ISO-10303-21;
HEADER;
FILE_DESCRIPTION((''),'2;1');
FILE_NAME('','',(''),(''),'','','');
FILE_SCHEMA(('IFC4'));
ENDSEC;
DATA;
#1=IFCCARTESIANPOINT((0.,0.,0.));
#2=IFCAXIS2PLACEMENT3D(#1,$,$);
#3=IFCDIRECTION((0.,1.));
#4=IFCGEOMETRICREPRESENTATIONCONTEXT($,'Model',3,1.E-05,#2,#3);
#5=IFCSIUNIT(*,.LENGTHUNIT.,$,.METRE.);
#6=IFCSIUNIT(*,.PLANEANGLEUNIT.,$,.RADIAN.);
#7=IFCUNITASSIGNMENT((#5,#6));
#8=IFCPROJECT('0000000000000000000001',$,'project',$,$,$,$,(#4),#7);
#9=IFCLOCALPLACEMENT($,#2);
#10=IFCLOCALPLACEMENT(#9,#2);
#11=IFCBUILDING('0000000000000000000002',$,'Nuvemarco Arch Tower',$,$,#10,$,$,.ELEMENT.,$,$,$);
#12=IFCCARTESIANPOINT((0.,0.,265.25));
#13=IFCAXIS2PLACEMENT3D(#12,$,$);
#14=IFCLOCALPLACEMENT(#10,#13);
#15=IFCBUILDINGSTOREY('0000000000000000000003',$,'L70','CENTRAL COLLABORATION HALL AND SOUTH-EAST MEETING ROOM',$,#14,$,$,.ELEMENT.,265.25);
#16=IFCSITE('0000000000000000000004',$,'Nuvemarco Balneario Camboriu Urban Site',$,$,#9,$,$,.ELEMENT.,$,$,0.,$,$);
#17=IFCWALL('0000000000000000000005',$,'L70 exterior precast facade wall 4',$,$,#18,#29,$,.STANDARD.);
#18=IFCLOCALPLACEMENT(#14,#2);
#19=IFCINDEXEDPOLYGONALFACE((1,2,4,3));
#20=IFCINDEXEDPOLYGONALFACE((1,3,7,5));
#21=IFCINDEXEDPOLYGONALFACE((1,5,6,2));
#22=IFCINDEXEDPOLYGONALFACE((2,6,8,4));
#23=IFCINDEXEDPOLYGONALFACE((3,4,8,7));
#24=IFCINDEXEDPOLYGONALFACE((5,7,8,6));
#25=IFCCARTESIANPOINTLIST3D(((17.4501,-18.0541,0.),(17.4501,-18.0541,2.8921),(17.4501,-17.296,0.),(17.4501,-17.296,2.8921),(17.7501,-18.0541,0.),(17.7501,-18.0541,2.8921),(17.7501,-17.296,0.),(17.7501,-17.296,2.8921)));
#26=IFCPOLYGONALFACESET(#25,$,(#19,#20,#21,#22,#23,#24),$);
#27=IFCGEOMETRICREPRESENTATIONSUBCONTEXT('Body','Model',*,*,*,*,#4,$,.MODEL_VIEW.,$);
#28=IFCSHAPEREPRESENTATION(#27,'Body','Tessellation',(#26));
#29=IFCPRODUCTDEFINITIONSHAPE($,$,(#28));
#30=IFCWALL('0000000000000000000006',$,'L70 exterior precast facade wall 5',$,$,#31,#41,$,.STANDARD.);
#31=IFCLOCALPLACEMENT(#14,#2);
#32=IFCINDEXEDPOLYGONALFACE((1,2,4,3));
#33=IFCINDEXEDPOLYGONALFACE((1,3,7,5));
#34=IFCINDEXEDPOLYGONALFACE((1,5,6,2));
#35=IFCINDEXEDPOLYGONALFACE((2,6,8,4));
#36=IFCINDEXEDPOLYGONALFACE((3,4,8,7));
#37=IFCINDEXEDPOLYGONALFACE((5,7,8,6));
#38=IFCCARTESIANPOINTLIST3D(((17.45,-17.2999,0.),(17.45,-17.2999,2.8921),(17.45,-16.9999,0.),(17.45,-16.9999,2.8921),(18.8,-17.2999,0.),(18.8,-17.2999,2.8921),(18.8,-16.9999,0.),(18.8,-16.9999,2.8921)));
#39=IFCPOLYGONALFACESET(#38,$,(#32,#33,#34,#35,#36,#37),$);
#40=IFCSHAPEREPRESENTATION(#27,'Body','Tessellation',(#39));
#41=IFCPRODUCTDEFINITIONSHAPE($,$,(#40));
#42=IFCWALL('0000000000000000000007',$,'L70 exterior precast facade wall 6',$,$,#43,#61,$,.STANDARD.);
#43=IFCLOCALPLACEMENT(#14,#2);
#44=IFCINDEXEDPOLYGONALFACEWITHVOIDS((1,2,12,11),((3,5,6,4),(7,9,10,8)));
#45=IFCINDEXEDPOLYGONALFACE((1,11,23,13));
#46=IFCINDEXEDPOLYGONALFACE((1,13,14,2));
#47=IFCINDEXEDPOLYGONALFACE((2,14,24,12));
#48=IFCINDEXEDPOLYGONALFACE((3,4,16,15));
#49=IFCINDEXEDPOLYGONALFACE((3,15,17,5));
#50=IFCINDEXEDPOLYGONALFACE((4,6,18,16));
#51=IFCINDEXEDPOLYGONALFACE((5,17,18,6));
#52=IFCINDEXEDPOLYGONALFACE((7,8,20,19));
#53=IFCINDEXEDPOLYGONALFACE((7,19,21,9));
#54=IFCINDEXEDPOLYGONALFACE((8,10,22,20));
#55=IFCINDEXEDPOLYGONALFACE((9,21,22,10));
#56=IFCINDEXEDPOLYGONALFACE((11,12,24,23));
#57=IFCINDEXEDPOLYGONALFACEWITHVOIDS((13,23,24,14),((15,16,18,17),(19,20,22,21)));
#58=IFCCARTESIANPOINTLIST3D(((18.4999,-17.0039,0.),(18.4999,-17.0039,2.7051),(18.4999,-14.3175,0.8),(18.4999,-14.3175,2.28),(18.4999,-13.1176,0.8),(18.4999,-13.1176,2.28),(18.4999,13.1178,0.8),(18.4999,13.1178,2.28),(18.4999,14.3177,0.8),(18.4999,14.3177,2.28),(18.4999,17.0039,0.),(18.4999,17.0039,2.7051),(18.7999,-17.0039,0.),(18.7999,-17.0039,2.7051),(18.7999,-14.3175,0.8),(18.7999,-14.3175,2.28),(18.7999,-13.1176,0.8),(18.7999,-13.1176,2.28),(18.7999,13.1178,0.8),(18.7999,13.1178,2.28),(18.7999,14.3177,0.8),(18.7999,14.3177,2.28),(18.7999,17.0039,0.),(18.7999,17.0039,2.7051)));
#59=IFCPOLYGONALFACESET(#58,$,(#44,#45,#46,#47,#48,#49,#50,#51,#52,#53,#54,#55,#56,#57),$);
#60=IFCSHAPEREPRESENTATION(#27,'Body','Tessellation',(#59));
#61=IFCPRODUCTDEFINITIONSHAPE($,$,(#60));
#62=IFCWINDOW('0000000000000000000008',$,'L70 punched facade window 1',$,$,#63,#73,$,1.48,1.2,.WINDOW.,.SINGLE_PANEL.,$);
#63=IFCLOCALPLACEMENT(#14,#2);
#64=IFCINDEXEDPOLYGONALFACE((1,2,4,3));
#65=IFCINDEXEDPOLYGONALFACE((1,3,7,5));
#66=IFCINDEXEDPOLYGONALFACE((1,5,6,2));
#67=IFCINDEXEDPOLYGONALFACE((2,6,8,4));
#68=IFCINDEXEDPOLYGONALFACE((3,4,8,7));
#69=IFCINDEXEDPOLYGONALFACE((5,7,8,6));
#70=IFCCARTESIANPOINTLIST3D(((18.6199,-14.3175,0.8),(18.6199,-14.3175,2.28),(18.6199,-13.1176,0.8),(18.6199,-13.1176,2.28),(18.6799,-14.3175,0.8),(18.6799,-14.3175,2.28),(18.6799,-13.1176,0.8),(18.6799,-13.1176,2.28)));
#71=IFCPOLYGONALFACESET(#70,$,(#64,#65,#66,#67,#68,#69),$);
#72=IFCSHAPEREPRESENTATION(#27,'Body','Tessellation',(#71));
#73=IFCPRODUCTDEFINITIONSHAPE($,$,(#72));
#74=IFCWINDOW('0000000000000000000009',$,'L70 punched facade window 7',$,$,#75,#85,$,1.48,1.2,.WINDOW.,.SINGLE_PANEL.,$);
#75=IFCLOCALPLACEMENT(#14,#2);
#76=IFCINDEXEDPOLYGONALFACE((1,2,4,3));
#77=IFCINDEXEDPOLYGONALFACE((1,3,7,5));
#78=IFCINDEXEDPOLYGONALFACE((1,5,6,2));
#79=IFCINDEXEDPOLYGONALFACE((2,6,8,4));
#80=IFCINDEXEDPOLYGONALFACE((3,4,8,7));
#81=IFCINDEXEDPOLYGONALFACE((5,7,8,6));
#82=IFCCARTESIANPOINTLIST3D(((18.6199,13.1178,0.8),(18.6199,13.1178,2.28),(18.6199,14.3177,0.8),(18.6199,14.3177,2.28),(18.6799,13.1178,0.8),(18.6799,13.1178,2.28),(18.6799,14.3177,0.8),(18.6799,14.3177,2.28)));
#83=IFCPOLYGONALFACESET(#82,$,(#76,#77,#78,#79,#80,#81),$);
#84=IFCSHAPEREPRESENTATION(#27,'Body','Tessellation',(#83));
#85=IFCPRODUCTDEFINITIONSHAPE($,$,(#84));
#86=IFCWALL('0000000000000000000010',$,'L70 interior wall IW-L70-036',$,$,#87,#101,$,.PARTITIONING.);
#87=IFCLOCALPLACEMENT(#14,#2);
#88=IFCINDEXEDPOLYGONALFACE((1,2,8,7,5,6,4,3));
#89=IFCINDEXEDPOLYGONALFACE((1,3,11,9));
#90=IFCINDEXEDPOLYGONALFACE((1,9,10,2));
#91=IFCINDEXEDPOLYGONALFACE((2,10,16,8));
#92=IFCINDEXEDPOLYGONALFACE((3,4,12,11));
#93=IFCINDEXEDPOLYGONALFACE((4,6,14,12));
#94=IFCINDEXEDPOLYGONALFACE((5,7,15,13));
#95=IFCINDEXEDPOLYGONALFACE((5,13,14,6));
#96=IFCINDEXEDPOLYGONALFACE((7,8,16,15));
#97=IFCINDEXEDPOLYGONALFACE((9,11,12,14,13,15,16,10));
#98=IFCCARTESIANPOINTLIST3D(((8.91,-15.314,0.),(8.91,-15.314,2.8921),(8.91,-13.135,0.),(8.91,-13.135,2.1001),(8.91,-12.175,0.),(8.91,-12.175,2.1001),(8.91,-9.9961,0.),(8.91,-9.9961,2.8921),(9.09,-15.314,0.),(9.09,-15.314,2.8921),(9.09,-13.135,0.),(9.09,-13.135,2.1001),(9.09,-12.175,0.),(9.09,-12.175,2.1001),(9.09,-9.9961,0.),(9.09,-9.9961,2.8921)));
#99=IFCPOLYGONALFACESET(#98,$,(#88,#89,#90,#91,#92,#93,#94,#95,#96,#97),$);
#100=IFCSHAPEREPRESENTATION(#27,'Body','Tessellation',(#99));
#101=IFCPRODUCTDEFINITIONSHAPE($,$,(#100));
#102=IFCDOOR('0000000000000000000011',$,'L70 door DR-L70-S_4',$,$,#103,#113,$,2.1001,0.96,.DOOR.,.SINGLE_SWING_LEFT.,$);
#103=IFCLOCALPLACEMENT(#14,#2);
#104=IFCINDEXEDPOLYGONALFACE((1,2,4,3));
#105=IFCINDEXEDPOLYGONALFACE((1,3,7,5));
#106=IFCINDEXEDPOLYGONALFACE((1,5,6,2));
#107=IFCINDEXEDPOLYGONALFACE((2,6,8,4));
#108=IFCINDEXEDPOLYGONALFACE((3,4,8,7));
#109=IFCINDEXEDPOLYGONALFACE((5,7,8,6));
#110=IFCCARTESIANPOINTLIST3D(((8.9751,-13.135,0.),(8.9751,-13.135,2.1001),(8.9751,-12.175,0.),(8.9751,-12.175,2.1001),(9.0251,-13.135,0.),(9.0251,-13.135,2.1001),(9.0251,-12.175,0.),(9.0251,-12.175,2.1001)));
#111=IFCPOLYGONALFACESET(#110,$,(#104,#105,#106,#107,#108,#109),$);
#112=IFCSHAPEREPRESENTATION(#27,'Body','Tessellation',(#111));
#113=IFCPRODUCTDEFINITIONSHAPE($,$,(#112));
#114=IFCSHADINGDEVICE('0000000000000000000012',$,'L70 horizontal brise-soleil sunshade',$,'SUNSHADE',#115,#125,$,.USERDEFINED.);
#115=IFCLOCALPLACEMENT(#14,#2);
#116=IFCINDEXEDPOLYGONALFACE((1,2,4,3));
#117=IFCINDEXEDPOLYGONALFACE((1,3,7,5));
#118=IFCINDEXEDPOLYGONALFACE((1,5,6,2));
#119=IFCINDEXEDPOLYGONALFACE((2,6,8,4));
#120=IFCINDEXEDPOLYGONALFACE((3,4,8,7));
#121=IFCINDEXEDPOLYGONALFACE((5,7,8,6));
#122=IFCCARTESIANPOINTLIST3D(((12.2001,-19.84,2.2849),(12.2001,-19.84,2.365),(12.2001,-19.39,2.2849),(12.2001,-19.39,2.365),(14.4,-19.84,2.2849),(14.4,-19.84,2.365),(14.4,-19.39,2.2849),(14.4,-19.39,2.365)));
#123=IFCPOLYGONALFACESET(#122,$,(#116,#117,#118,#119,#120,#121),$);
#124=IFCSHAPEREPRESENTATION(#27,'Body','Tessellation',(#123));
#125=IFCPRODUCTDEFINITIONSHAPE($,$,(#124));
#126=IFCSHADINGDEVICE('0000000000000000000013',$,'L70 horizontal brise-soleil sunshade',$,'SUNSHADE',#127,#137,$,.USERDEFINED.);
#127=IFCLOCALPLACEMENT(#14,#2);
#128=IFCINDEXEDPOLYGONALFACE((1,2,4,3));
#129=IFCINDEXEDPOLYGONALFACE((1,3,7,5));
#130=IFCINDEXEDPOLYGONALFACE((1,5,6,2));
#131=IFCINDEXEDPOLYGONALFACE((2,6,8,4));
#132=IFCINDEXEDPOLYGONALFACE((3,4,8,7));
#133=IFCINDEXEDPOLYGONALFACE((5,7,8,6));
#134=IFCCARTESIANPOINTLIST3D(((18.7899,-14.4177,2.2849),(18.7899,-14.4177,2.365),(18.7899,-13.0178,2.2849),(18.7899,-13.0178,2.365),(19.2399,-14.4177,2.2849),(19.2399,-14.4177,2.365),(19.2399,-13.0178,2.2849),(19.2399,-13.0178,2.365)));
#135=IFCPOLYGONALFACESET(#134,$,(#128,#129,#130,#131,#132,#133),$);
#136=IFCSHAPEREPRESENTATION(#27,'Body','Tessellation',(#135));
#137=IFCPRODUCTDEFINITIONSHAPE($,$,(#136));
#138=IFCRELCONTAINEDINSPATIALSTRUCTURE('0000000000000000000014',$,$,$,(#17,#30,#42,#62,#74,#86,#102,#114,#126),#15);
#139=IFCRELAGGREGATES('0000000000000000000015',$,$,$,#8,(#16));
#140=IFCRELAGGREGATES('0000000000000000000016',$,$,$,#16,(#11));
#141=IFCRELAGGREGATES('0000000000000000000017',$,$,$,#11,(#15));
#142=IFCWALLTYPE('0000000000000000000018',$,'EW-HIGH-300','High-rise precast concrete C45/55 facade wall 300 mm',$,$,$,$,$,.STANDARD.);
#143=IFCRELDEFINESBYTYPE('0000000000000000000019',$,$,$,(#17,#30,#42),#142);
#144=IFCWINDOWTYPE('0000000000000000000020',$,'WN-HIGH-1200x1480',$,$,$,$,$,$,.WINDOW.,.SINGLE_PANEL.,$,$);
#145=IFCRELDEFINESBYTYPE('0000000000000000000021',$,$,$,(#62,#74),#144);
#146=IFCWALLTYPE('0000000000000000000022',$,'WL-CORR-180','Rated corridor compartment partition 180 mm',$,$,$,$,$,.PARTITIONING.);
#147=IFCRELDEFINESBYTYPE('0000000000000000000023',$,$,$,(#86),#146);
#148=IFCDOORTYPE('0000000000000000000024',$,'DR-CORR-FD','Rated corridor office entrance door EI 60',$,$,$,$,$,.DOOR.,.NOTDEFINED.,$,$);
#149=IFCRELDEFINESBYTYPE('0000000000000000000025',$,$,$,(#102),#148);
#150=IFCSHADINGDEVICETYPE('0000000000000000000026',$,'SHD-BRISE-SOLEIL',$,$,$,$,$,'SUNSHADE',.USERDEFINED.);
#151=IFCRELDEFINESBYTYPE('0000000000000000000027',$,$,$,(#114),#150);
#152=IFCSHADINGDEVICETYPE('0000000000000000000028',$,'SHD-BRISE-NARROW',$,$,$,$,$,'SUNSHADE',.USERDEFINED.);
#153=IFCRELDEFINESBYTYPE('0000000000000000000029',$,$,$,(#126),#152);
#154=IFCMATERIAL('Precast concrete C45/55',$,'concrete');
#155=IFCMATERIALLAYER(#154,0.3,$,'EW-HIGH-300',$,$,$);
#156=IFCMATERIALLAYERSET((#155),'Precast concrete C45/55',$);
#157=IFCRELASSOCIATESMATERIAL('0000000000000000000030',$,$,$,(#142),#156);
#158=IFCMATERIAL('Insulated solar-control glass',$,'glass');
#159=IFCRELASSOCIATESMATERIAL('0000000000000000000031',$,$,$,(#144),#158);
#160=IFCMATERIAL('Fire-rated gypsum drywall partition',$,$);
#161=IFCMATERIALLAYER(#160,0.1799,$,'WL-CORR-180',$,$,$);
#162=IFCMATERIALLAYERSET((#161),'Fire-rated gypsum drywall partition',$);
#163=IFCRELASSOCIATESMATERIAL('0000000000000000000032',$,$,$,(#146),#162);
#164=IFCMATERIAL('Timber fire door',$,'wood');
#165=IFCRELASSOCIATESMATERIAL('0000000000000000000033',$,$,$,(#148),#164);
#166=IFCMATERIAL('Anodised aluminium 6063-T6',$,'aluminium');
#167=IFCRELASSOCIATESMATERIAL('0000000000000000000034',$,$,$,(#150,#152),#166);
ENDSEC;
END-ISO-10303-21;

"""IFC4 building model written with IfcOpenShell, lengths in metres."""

from ifc_helpers import new_model, si_unit, direction, frame, frame_2d, origin, origin_2d, place, context, subcontext, project, spatial, rectangle, extrude, source, transform, mapped, material, layer, layer_set, type_object, type_shapes, element, fill, save


model = new_model("IFC4")

# Units and contexts
model_context = context("Model", 3, precision=1e-05, world=origin(), true_north=direction((0.0, 1.0)))
body_context = subcontext(model_context, "Body", "Model", "MODEL_VIEW")
ifc_project = project(units=[si_unit("LENGTHUNIT", "METRE"), si_unit("PLANEANGLEUNIT", "RADIAN")], contexts=[model_context])

# Site, building, storey
site_placement = place(None, origin())
site = spatial("IfcSite", under=ifc_project, at=site_placement, Name="Nuvemarco Balneario Camboriu Urban Site", CompositionType="ELEMENT", RefElevation=0.0)
building_placement = place(site_placement, origin())
building = spatial("IfcBuilding", under=site, at=building_placement, Name="Nuvemarco Arch Tower", CompositionType="ELEMENT")
storey_placement = place(building_placement, frame((0.0, 0.0, 265.25)))
storey = spatial("IfcBuildingStorey", under=building, at=storey_placement, Name="L70", Description="CENTRAL COLLABORATION HALL AND SOUTH-EAST MEETING ROOM", CompositionType="ELEMENT", Elevation=265.25)

# Shared definitions
ifc_material_1 = material(Name="Precast concrete C45/55", Category="concrete")

# Walls
ifc_layer_1 = layer(ifc_material_1, 0.3, Name="EW-HIGH-300")
ifc_layer_set_1 = layer_set([ifc_layer_1], Name="Precast concrete C45/55")
wall_type_1 = type_object("IfcWallType", Name="EW-HIGH-300", Description="High-rise precast concrete C45/55 facade wall 300 mm", PredefinedType="STANDARD", material=ifc_layer_set_1)
wall_1_placement = place(storey_placement, frame((17.6001, -18.054, 0.0), z_axis=(0.0, 0.0, 1.0), x_axis=(0.0, 1.0, 0.0)))
element("IfcWall", 1, at=wall_1_placement, inside=storey, type_object=wall_type_1, Name="L70 exterior precast facade wall 4", PredefinedType="STANDARD", context=body_context, shape_type="SweptSolid", body=[
    extrude(rectangle(XDim=0.7581, YDim=0.3, at=frame_2d((0.3789, 0.0))), origin(), (0.0, 0.0, 1.0), 2.8921),
])
wall_2_placement = place(storey_placement, frame((17.45, -17.1499, 0.0), z_axis=(0.0, 0.0, 1.0), x_axis=(1.0, 0.0, 0.0)))
element("IfcWall", 2, at=wall_2_placement, inside=storey, type_object=wall_type_1, Name="L70 exterior precast facade wall 5", PredefinedType="STANDARD", context=body_context, shape_type="SweptSolid", body=[
    extrude(rectangle(XDim=1.3501, YDim=0.3, at=frame_2d((0.675, 0.0))), origin(), (0.0, 0.0, 1.0), 2.8921),
])

# Wall, openings, windows
wall_3_placement = place(storey_placement, frame((18.6499, -17.0039, 0.0), z_axis=(0.0, 0.0, 1.0), x_axis=(0.0, 1.0, 0.0)))
wall_3 = element("IfcWall", 3, at=wall_3_placement, inside=storey, type_object=wall_type_1, Name="L70 exterior precast facade wall 6", PredefinedType="STANDARD", context=body_context, shape_type="SweptSolid", body=[
    extrude(rectangle(XDim=34.0078, YDim=0.3, at=frame_2d((17.0039, 0.0))), origin(), (0.0, 0.0, 1.0), 2.7051),
])
opening_1_placement = place(wall_3_placement, frame((2.6863, 0.0, 0.8)))
opening_1 = element("IfcOpeningElement", 4, at=opening_1_placement, cuts=wall_3, PredefinedType="OPENING", context=body_context, shape_type="SweptSolid", body=[
    extrude(rectangle(XDim=1.2, YDim=1.48, at=frame_2d((0.6001, 0.74))), frame((0.0, 0.1599, 0.0), z_axis=(0.0, -1.0, 0.0), x_axis=(1.0, 0.0, 0.0)), (0.0, 0.0, 1.0), 0.3201),
])
opening_2_placement = place(wall_3_placement, frame((30.1216, 0.0, 0.8)))
opening_2 = element("IfcOpeningElement", 5, at=opening_2_placement, cuts=wall_3, PredefinedType="OPENING", context=body_context, shape_type="SweptSolid", body=[
    extrude(rectangle(XDim=1.2, YDim=1.48, at=frame_2d((0.6001, 0.74))), frame((0.0, 0.1599, 0.0), z_axis=(0.0, -1.0, 0.0), x_axis=(1.0, 0.0, 0.0)), (0.0, 0.0, 1.0), 0.3201),
])
ifc_material_2 = material(Name="Insulated solar-control glass", Category="glass")
window_type = type_object("IfcWindowType", Name="WN-HIGH-1200x1480", PartitioningType="SINGLE_PANEL", PredefinedType="WINDOW", material=ifc_material_2)
shared_shape_1 = source(origin(), body_context, "Body", "SweptSolid", [
    extrude(rectangle(XDim=1.2, YDim=1.48, at=frame_2d((0.6001, 0.74))), frame((0.0, 0.03, 0.0), z_axis=(0.0, -1.0, 0.0), x_axis=(1.0, 0.0, 0.0)), (0.0, 0.0, 1.0), 0.0601),
])
type_shapes(window_type, [shared_shape_1])
window_1_placement = place(opening_1_placement, origin())
window_1 = element("IfcWindow", 6, at=window_1_placement, inside=storey, type_object=window_type, Name="L70 punched facade window 1", OverallHeight=1.48, OverallWidth=1.2, PartitioningType="SINGLE_PANEL", PredefinedType="WINDOW", context=body_context, shape_type="MappedRepresentation", body=[
    mapped(shared_shape_1, transform((0.0, 0.0, 0.0), scale=1.0)),
])
fill(opening_1, window_1)
window_2_placement = place(opening_2_placement, origin())
window_2 = element("IfcWindow", 7, at=window_2_placement, inside=storey, type_object=window_type, Name="L70 punched facade window 7", OverallHeight=1.48, OverallWidth=1.2, PartitioningType="SINGLE_PANEL", PredefinedType="WINDOW", context=body_context, shape_type="MappedRepresentation", body=[
    mapped(shared_shape_1, transform((0.0, 0.0, 0.0), scale=1.0)),
])
fill(opening_2, window_2)

# Wall, opening, door
ifc_material_3 = material(Name="Fire-rated gypsum drywall partition")
ifc_layer_2 = layer(ifc_material_3, 0.1799, Name="WL-CORR-180")
ifc_layer_set_2 = layer_set([ifc_layer_2], Name="Fire-rated gypsum drywall partition")
wall_type_2 = type_object("IfcWallType", Name="WL-CORR-180", Description="Rated corridor compartment partition 180 mm", PredefinedType="PARTITIONING", material=ifc_layer_set_2)
wall_4_placement = place(storey_placement, frame((9.0, -15.314, 0.0), z_axis=(0.0, 0.0, 1.0), x_axis=(0.0, 1.0, 0.0)))
wall_4 = element("IfcWall", 8, at=wall_4_placement, inside=storey, type_object=wall_type_2, Name="L70 interior wall IW-L70-036", PredefinedType="PARTITIONING", context=body_context, shape_type="SweptSolid", body=[
    extrude(rectangle(XDim=5.3179, YDim=0.1799, at=frame_2d((2.6589, 0.0))), origin(), (0.0, 0.0, 1.0), 2.8921),
])
opening_3_placement = place(wall_4_placement, frame((2.179, 0.0, 0.0)))
opening_3 = element("IfcOpeningElement", 9, at=opening_3_placement, cuts=wall_4, PredefinedType="OPENING", context=body_context, shape_type="SweptSolid", body=[
    extrude(rectangle(XDim=0.96, YDim=2.1001, at=frame_2d((0.48, 1.05))), frame((0.0, 0.0999, 0.0), z_axis=(0.0, -1.0, 0.0), x_axis=(1.0, 0.0, 0.0)), (0.0, 0.0, 1.0), 0.2),
])
ifc_material_4 = material(Name="Timber fire door", Category="wood")
door_type = type_object("IfcDoorType", Name="DR-CORR-FD", Description="Rated corridor office entrance door EI 60", OperationType="NOTDEFINED", PredefinedType="DOOR", material=ifc_material_4)
shared_shape_2 = source(origin(), body_context, "Body", "SweptSolid", [
    extrude(rectangle(XDim=0.96, YDim=2.1001, at=frame_2d((0.48, 1.05))), frame((0.0, 0.0249, 0.0), z_axis=(0.0, -1.0, 0.0), x_axis=(1.0, 0.0, 0.0)), (0.0, 0.0, 1.0), 0.05),
])
type_shapes(door_type, [shared_shape_2])
door_placement = place(opening_3_placement, origin())
door = element("IfcDoor", 10, at=door_placement, inside=storey, type_object=door_type, Name="L70 door DR-L70-S_4", OperationType="SINGLE_SWING_LEFT", OverallHeight=2.1001, OverallWidth=0.96, PredefinedType="DOOR", context=body_context, shape_type="MappedRepresentation", body=[
    mapped(shared_shape_2, transform((0.0, 0.0, 0.0), scale=1.0)),
])
fill(opening_3, door)

# Shading devices
ifc_material_5 = material(Name="Anodised aluminium 6063-T6", Category="aluminium")
shading_device_type_1 = type_object("IfcShadingDeviceType", Name="SHD-BRISE-SOLEIL", ElementType="SUNSHADE", PredefinedType="USERDEFINED", material=ifc_material_5)
shared_shape_3 = source(origin(), body_context, "Body", "SweptSolid", [
    extrude(rectangle(XDim=2.2, YDim=0.45, at=origin_2d()), origin(), (0.0, 0.0, 1.0), 0.0801),
])
type_shapes(shading_device_type_1, [shared_shape_3])
shading_device_1_placement = place(storey_placement, frame((13.3, -19.615, 2.2849), z_axis=(0.0, 0.0, 1.0), x_axis=(1.0, 0.0, 0.0)))
element("IfcShadingDevice", 11, at=shading_device_1_placement, inside=storey, type_object=shading_device_type_1, Name="L70 horizontal brise-soleil sunshade", ObjectType="SUNSHADE", PredefinedType="USERDEFINED", context=body_context, shape_type="MappedRepresentation", body=[
    mapped(shared_shape_3, transform((0.0, 0.0, 0.0), scale=1.0)),
])
shading_device_type_2 = type_object("IfcShadingDeviceType", Name="SHD-BRISE-NARROW", ElementType="SUNSHADE", PredefinedType="USERDEFINED", material=ifc_material_5)
shared_shape_4 = source(origin(), body_context, "Body", "SweptSolid", [
    extrude(rectangle(XDim=1.3999, YDim=0.45, at=origin_2d()), origin(), (0.0, 0.0, 1.0), 0.0801),
])
type_shapes(shading_device_type_2, [shared_shape_4])
shading_device_2_placement = place(storey_placement, frame((19.0149, -13.7178, 2.2849), z_axis=(0.0, 0.0, 1.0), x_axis=(0.0, 1.0, 0.0)))
element("IfcShadingDevice", 12, at=shading_device_2_placement, inside=storey, type_object=shading_device_type_2, Name="L70 horizontal brise-soleil sunshade", ObjectType="SUNSHADE", PredefinedType="USERDEFINED", context=body_context, shape_type="MappedRepresentation", body=[
    mapped(shared_shape_4, transform((0.0, 0.0, 0.0), scale=1.0)),
])

save(model, "model.ifc")
